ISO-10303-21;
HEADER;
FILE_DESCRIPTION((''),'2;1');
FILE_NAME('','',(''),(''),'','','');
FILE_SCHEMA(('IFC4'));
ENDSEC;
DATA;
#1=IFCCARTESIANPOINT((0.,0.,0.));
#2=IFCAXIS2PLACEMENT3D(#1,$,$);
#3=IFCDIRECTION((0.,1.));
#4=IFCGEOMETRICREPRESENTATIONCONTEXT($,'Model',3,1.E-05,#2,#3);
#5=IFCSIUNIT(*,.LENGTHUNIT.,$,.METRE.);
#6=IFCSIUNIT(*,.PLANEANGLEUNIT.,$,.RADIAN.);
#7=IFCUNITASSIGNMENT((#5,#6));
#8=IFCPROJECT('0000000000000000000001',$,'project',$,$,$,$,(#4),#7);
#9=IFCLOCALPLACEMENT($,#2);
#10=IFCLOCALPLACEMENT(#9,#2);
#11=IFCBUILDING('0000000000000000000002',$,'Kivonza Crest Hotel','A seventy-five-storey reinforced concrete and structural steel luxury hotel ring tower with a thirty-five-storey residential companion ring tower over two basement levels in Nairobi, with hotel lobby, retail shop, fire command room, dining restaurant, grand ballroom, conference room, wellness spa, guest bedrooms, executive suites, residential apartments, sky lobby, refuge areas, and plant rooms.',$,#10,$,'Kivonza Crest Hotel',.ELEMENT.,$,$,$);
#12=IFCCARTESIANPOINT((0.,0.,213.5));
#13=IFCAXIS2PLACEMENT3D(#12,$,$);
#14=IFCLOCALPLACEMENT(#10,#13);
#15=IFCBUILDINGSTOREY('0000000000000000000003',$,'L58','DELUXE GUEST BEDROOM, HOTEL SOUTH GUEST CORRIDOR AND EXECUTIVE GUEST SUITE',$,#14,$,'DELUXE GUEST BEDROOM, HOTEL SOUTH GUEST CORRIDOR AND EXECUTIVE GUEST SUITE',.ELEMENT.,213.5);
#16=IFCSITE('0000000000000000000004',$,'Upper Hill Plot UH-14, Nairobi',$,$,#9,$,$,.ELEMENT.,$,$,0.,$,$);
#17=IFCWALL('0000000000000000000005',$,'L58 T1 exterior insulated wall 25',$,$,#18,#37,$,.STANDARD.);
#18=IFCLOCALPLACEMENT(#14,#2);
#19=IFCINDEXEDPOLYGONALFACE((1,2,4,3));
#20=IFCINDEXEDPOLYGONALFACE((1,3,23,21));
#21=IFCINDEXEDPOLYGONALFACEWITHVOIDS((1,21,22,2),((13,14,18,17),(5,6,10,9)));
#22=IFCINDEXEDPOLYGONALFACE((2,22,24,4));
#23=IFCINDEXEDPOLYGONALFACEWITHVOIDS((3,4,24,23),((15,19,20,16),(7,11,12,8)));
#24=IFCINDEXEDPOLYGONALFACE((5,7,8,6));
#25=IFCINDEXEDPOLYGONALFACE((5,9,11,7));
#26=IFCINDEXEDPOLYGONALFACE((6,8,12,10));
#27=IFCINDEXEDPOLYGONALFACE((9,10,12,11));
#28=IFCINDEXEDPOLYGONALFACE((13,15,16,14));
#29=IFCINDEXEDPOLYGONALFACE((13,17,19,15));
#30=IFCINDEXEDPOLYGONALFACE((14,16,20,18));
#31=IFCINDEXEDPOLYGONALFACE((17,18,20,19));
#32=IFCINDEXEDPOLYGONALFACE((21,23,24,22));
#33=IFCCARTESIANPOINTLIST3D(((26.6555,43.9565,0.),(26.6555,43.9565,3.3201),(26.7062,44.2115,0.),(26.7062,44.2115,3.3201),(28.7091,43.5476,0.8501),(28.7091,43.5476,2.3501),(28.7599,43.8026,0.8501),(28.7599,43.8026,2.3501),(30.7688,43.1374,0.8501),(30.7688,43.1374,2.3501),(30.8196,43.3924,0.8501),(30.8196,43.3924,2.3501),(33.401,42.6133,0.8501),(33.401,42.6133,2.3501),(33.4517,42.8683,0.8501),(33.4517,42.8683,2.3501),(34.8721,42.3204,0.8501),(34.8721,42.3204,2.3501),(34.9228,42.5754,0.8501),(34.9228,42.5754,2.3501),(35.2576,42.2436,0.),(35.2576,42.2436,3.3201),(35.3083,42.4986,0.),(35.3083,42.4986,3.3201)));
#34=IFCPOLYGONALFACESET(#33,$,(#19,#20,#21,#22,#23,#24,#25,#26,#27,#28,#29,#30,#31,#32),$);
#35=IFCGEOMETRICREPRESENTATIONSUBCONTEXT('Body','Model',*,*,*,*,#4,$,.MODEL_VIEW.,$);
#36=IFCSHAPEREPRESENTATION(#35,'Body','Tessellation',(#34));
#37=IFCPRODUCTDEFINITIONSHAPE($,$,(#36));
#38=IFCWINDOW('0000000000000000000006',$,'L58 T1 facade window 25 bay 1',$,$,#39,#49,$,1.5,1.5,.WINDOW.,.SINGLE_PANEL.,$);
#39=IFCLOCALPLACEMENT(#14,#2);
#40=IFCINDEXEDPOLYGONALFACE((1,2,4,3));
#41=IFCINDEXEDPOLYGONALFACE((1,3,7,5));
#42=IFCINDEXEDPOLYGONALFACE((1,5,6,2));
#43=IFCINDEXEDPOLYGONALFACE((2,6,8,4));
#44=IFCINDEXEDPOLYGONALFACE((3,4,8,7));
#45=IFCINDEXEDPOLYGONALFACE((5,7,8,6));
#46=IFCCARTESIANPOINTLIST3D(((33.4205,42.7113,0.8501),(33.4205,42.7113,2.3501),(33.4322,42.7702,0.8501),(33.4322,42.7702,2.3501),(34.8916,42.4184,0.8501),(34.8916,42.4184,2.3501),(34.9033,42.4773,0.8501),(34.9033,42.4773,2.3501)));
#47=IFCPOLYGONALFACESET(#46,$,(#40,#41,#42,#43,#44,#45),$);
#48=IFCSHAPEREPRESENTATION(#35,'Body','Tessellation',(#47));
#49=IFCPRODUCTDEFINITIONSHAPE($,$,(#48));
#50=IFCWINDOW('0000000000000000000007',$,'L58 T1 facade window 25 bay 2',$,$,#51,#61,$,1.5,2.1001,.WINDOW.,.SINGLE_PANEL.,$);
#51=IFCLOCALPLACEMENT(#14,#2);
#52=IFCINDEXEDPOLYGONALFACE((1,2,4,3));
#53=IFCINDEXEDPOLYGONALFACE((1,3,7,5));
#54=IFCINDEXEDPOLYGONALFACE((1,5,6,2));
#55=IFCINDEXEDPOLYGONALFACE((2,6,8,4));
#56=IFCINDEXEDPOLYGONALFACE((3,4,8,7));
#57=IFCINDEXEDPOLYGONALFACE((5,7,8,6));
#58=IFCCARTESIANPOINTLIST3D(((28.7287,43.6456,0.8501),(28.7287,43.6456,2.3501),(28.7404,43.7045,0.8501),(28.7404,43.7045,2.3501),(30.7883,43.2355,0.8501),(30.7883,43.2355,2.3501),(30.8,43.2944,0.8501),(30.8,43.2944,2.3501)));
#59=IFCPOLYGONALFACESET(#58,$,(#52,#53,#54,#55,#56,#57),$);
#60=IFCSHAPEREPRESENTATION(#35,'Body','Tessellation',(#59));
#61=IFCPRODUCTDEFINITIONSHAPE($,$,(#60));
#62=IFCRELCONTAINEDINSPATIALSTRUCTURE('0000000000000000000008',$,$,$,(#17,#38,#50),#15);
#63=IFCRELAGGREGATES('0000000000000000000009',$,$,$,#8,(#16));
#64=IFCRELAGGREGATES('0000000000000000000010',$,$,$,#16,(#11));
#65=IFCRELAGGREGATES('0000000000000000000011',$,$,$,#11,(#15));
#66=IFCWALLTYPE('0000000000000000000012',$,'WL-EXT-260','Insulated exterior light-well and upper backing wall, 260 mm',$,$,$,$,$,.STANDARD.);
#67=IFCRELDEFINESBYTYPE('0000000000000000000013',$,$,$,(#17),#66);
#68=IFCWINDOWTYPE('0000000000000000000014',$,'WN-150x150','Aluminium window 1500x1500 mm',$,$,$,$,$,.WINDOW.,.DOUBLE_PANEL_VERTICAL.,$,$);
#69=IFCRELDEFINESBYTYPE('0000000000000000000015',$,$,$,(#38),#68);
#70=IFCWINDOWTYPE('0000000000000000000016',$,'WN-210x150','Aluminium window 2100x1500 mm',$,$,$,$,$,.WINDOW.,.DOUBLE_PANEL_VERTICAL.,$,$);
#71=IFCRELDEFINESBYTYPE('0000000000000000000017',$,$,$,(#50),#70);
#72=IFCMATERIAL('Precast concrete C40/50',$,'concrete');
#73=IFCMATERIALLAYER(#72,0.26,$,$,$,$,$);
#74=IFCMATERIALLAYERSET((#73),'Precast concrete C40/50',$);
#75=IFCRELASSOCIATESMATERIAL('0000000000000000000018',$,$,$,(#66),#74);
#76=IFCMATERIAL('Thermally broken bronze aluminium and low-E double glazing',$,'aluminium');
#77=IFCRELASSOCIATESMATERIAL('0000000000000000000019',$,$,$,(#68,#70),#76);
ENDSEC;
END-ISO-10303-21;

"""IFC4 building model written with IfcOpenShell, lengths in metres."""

from ifc_helpers import new_model, si_unit, direction, frame, frame_2d, origin, place, context, subcontext, project, spatial, rectangle, extrude, material, layer, layer_set, type_object, element, fill, save


model = new_model("IFC4")

# Units and contexts
model_context = context("Model", 3, precision=1e-05, world=origin(), true_north=direction((0.0, 1.0)))
body_context = subcontext(model_context, "Body", "Model", "MODEL_VIEW")
ifc_project = project(units=[si_unit("LENGTHUNIT", "METRE"), si_unit("PLANEANGLEUNIT", "RADIAN")], contexts=[model_context])

# Site, building, storey
site_placement = place(None, origin())
site = spatial("IfcSite", under=ifc_project, at=site_placement, Name="Upper Hill Plot UH-14, Nairobi", CompositionType="ELEMENT", RefElevation=0.0)
building_placement = place(site_placement, origin())
building = spatial("IfcBuilding", under=site, at=building_placement, Name="Kivonza Crest Hotel", Description="A seventy-five-storey reinforced concrete and structural steel luxury hotel ring tower with a thirty-five-storey residential companion ring tower over two basement levels in Nairobi, with hotel lobby, retail shop, fire command room, dining restaurant, grand ballroom, conference room, wellness spa, guest bedrooms, executive suites, residential apartments, sky lobby, refuge areas, and plant rooms.", LongName="Kivonza Crest Hotel", CompositionType="ELEMENT")
storey_placement = place(building_placement, frame((0.0, 0.0, 213.5)))
storey = spatial("IfcBuildingStorey", under=building, at=storey_placement, Name="L58", Description="DELUXE GUEST BEDROOM, HOTEL SOUTH GUEST CORRIDOR AND EXECUTIVE GUEST SUITE", LongName="DELUXE GUEST BEDROOM, HOTEL SOUTH GUEST CORRIDOR AND EXECUTIVE GUEST SUITE", CompositionType="ELEMENT", Elevation=213.5)

# Shared definitions
ifc_material_1 = material(Name="Precast concrete C40/50", Category="concrete")
ifc_layer_1 = layer(ifc_material_1, 0.26)
ifc_layer_set_1 = layer_set([ifc_layer_1], Name="Precast concrete C40/50")
wall_type_1 = type_object("IfcWallType", Name="WL-EXT-260", Description="Insulated exterior light-well and upper backing wall, 260 mm", PredefinedType="STANDARD", material=ifc_layer_set_1)

# Wall, openings, windows
wall_1_placement = place(storey_placement, frame((35.283, 42.3711, 0.0), z_axis=(0.0, 0.0, 1.0), x_axis=(-0.980745, 0.195292, 0.0)))
wall_1 = element("IfcWall", 1, at=wall_1_placement, inside=storey, type_object=wall_type_1, Name="L58 T1 exterior insulated wall 25", PredefinedType="STANDARD", context=body_context, shape_type="SweptSolid", body=[
    extrude(rectangle(XDim=8.771, YDim=0.26, at=frame_2d((4.3855, 0.0))), origin(), (0.0, 0.0, 1.0), 3.3201),
])
opening_1_placement = place(wall_1_placement, frame((0.3931, 0.0, 0.8501)))
opening_1 = element("IfcOpeningElement", 2, at=opening_1_placement, cuts=wall_1, PredefinedType="OPENING", context=body_context, shape_type="SweptSolid", body=[
    extrude(rectangle(XDim=1.5, YDim=1.5, at=frame_2d((0.75, 0.75))), frame((0.0, 0.1401, 0.0), z_axis=(0.0, -1.0, 0.0), x_axis=(1.0, 0.0, 0.0)), (0.0, 0.0, 1.0), 0.28),
])
opening_2_placement = place(wall_1_placement, frame((4.5769, 0.0, 0.8501)))
opening_2 = element("IfcOpeningElement", 3, at=opening_2_placement, cuts=wall_1, PredefinedType="OPENING", context=body_context, shape_type="SweptSolid", body=[
    extrude(rectangle(XDim=2.1001, YDim=1.5, at=frame_2d((1.05, 0.75))), frame((0.0, 0.1401, 0.0), z_axis=(0.0, -1.0, 0.0), x_axis=(1.0, 0.0, 0.0)), (0.0, 0.0, 1.0), 0.28),
])
ifc_material_2 = material(Name="Thermally broken bronze aluminium and low-E double glazing", Category="aluminium")
window_type_1 = type_object("IfcWindowType", Name="WN-150x150", Description="Aluminium window 1500x1500 mm", PartitioningType="DOUBLE_PANEL_VERTICAL", PredefinedType="WINDOW", material=ifc_material_2)
window_1_placement = place(opening_1_placement, origin())
window_1 = element("IfcWindow", 4, at=window_1_placement, inside=storey, type_object=window_type_1, Name="L58 T1 facade window 25 bay 1", OverallHeight=1.5, OverallWidth=1.5, PartitioningType="SINGLE_PANEL", PredefinedType="WINDOW", context=body_context, shape_type="SweptSolid", body=[
    extrude(rectangle(XDim=1.5, YDim=1.5, at=frame_2d((0.75, 0.75))), frame((0.0, 0.03, 0.0), z_axis=(0.0, -1.0, 0.0), x_axis=(1.0, 0.0, 0.0)), (0.0, 0.0, 1.0), 0.0601),
])
fill(opening_1, window_1)
window_type_2 = type_object("IfcWindowType", Name="WN-210x150", Description="Aluminium window 2100x1500 mm", PartitioningType="DOUBLE_PANEL_VERTICAL", PredefinedType="WINDOW", material=ifc_material_2)
window_2_placement = place(opening_2_placement, origin())
window_2 = element("IfcWindow", 5, at=window_2_placement, inside=storey, type_object=window_type_2, Name="L58 T1 facade window 25 bay 2", OverallHeight=1.5, OverallWidth=2.1001, PartitioningType="SINGLE_PANEL", PredefinedType="WINDOW", context=body_context, shape_type="SweptSolid", body=[
    extrude(rectangle(XDim=2.1001, YDim=1.5, at=frame_2d((1.05, 0.75))), frame((0.0, 0.03, 0.0), z_axis=(0.0, -1.0, 0.0), x_axis=(1.0, 0.0, 0.0)), (0.0, 0.0, 1.0), 0.0601),
])
fill(opening_2, window_2)

save(model, "model.ifc")
